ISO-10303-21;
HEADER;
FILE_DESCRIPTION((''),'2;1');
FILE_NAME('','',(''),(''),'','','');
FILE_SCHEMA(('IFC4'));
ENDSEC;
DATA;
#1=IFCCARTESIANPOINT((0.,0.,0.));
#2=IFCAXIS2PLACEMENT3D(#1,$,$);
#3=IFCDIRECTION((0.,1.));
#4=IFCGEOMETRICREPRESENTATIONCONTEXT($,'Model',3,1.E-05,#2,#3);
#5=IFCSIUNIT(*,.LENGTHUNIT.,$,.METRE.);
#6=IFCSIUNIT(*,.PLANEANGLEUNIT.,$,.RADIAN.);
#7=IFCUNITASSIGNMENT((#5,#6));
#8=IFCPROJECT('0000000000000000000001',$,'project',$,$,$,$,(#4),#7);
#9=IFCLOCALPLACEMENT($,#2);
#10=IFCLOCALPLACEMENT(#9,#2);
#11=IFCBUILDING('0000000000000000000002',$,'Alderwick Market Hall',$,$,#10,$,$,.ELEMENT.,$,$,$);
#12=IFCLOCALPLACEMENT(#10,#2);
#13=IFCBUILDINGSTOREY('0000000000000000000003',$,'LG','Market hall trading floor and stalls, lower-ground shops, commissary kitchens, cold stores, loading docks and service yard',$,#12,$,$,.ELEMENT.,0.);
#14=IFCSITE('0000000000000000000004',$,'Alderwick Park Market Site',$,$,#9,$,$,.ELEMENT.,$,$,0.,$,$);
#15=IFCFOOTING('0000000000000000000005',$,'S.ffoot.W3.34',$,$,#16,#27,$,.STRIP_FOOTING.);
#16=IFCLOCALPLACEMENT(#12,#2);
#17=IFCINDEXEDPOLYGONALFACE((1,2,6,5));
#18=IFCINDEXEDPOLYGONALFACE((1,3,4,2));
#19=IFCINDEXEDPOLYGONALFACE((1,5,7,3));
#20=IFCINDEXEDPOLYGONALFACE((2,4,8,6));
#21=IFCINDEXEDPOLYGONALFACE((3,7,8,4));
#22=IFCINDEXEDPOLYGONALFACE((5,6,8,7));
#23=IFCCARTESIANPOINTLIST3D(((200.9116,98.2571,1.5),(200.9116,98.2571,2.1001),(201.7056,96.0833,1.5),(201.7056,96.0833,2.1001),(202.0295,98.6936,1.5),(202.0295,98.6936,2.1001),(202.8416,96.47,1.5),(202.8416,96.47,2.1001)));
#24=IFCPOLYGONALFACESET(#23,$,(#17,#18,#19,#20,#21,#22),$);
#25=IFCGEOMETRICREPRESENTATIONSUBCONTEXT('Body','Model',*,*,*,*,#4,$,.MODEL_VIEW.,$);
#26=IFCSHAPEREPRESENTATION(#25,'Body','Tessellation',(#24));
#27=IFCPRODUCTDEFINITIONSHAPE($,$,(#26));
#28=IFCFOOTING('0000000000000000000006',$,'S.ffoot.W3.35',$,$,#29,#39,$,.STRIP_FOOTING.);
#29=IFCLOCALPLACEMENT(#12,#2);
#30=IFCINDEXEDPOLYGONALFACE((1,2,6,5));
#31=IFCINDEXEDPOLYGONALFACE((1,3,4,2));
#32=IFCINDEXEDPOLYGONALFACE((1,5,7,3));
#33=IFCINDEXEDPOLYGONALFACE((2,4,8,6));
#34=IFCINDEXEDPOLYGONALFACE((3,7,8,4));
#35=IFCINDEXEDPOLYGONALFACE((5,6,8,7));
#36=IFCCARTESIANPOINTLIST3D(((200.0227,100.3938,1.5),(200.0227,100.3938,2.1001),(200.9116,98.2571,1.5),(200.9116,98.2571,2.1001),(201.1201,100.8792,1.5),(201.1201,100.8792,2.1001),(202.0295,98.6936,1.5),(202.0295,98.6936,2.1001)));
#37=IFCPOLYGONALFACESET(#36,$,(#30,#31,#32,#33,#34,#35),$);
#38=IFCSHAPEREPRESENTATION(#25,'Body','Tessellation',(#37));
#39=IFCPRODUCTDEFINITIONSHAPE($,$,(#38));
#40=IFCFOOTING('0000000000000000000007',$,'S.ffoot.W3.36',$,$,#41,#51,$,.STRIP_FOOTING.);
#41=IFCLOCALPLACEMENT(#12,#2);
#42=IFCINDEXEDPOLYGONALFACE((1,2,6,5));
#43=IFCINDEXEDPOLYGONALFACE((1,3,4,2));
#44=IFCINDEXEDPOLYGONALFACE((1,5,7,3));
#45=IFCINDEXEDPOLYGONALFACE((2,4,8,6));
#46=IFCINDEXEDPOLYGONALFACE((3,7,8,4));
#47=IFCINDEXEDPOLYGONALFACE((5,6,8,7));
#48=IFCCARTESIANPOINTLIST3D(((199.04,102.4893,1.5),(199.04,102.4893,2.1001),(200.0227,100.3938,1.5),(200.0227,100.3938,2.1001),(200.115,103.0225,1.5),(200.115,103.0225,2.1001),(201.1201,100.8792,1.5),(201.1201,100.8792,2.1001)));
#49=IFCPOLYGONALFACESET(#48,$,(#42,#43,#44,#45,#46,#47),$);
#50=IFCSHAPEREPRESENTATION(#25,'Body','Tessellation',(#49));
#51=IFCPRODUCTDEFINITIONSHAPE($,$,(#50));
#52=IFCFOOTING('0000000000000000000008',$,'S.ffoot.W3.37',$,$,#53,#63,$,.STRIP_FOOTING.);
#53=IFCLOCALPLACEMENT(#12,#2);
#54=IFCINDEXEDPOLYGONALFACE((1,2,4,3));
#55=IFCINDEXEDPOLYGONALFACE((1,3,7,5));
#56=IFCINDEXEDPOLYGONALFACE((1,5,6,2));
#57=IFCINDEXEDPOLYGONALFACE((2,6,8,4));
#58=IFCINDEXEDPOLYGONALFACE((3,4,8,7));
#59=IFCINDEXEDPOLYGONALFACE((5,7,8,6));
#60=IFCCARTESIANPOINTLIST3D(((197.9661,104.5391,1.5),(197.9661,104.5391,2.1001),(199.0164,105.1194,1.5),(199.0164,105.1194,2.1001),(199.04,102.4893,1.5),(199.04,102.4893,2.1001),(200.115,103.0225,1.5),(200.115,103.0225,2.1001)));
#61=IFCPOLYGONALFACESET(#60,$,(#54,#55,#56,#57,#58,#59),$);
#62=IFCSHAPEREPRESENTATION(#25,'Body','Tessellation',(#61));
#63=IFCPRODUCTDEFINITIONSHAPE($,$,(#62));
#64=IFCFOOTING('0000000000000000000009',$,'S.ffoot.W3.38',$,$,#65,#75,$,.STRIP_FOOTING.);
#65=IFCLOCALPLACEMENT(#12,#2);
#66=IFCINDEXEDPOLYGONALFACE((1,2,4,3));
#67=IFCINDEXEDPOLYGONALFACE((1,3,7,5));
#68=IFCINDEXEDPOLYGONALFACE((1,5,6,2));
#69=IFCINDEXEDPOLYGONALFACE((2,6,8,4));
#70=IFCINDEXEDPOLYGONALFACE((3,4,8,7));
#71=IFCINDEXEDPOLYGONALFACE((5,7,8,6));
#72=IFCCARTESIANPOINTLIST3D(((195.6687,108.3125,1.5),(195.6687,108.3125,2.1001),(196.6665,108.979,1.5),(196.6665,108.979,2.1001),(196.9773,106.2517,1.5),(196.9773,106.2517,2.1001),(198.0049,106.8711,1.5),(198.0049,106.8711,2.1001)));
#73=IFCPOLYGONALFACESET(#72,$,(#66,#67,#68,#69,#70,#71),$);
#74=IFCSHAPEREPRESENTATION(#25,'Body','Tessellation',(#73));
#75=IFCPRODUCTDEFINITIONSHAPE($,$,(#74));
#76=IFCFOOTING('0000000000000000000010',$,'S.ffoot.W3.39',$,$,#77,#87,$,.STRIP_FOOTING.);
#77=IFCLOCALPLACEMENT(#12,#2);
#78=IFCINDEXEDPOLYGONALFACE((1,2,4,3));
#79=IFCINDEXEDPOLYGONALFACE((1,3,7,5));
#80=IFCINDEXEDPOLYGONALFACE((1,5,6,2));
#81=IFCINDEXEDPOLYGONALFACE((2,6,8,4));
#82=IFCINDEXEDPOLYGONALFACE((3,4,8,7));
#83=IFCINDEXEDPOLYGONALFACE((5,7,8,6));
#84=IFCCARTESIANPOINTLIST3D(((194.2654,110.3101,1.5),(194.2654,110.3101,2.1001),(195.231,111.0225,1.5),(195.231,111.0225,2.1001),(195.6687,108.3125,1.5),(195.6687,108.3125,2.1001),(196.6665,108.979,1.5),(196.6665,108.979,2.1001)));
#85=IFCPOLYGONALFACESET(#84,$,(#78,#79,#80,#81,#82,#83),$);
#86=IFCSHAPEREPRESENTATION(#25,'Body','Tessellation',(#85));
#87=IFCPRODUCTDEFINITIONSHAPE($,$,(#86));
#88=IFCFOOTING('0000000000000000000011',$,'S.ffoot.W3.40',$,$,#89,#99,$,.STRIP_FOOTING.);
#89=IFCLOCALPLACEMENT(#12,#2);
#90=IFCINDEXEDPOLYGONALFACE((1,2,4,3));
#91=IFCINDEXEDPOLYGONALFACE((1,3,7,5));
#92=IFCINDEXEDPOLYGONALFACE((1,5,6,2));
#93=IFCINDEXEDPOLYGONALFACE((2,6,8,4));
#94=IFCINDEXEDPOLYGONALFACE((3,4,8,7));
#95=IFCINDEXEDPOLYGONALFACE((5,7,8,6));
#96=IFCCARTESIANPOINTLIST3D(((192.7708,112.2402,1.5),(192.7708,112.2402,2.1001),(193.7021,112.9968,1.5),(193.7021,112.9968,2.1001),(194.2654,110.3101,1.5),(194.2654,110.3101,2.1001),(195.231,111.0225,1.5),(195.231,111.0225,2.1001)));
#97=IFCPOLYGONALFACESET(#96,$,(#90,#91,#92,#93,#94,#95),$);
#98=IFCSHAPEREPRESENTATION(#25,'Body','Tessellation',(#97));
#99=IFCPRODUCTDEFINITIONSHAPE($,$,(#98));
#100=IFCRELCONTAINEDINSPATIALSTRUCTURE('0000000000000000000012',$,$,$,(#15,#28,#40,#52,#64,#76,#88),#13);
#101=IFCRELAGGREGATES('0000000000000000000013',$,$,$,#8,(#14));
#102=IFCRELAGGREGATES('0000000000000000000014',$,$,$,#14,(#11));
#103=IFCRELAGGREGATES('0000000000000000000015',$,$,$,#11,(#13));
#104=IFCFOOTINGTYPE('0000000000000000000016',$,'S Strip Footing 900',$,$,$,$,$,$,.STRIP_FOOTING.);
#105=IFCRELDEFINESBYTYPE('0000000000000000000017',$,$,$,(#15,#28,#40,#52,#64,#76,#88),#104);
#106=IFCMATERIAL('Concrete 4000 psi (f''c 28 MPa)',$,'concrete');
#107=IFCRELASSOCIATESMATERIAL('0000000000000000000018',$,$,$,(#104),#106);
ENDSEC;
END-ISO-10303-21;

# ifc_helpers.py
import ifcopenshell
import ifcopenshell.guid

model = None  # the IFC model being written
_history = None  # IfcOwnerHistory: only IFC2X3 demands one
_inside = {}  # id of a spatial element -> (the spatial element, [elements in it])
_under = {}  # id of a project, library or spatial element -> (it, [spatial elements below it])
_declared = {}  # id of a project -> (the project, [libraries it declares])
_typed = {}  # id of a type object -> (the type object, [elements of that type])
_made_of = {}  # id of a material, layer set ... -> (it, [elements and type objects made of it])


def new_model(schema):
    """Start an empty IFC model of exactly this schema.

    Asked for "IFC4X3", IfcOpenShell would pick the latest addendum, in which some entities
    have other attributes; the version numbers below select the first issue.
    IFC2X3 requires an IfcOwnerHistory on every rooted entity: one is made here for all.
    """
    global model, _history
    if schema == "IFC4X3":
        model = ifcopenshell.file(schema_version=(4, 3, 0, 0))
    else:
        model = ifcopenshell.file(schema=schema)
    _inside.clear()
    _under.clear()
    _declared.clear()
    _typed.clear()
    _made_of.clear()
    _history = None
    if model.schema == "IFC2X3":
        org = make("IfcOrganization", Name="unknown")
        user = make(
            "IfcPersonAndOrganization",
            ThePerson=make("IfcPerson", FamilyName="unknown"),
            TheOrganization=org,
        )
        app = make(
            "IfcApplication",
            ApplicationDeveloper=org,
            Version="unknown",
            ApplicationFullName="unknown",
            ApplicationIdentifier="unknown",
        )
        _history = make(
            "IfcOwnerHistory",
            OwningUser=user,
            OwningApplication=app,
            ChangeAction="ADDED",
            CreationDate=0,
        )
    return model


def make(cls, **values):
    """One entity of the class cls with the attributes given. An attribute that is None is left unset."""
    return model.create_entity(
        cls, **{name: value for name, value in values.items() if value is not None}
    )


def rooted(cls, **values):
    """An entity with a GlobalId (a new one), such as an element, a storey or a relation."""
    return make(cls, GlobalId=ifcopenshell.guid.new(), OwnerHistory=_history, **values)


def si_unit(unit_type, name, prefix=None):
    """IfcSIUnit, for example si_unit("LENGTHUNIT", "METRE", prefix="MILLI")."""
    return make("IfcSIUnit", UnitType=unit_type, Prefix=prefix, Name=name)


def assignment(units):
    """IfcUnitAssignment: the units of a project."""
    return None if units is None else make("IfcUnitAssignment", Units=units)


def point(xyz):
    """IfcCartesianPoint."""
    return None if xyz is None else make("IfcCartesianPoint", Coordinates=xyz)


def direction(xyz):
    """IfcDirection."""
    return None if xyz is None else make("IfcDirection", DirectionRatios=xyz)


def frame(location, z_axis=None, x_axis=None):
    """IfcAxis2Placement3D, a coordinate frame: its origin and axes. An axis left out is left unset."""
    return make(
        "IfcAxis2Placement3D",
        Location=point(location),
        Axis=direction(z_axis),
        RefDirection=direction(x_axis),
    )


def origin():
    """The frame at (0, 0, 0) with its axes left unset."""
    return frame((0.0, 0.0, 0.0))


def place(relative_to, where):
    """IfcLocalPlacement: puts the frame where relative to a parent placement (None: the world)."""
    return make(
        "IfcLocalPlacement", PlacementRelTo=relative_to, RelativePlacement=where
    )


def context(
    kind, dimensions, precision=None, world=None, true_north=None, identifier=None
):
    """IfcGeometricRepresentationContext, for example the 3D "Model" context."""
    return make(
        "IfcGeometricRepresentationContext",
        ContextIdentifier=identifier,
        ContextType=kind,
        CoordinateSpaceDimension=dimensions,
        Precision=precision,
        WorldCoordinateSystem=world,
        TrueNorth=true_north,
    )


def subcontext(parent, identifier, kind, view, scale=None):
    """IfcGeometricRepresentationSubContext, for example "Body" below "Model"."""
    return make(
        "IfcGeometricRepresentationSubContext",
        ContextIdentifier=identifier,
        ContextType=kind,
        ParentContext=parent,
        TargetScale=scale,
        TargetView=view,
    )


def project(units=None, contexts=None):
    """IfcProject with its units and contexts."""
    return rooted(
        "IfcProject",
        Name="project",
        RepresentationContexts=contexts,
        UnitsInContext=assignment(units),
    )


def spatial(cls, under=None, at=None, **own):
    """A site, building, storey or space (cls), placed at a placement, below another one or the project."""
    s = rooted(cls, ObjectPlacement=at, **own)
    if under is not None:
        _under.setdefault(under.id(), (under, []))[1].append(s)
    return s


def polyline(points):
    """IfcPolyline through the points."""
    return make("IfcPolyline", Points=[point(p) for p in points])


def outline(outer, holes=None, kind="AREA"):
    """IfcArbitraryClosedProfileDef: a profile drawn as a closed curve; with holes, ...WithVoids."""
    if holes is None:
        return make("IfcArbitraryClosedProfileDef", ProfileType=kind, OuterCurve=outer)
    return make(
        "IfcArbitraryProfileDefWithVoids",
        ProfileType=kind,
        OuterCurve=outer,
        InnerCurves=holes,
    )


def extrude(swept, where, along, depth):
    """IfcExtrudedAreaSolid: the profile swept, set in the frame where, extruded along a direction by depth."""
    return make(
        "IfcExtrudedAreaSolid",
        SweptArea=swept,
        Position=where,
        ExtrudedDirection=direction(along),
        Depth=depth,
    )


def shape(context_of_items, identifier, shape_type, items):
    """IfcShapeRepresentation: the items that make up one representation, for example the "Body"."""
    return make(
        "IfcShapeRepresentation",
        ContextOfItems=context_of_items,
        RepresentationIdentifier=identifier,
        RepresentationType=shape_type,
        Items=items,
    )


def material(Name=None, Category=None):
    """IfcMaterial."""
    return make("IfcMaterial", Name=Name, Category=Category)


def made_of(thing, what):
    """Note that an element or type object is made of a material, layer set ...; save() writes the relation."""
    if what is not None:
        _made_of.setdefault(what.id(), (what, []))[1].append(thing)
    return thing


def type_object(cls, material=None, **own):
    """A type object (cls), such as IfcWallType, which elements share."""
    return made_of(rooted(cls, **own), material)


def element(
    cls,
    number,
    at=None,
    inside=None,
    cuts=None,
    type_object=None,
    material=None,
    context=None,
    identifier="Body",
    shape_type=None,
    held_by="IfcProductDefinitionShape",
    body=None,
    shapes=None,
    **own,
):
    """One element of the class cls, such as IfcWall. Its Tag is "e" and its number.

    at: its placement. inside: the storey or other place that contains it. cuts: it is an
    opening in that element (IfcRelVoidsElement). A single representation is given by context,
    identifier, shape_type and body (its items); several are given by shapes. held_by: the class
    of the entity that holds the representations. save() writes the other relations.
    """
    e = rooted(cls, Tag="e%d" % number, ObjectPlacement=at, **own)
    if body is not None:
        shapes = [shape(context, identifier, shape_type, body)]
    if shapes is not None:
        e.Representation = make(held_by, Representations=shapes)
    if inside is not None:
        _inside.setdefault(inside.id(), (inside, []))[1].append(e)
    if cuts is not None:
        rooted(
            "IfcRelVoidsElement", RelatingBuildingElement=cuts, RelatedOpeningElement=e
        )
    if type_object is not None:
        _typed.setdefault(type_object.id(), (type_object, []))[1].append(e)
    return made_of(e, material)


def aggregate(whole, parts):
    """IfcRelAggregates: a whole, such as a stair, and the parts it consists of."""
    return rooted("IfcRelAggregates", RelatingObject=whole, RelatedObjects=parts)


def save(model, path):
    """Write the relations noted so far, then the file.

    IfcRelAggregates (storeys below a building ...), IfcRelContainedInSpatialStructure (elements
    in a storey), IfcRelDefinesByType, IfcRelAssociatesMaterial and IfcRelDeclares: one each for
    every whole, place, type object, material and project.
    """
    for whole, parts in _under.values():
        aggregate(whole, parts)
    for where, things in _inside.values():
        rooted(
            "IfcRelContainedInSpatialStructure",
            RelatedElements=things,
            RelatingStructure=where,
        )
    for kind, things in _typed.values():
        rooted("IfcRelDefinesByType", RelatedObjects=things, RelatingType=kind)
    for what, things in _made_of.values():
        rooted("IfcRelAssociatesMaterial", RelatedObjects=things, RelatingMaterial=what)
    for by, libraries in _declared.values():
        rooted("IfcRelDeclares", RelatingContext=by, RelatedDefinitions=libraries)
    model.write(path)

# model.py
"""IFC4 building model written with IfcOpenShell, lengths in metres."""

from ifc_helpers import new_model, si_unit, direction, frame, origin, place, context, subcontext, project, spatial, polyline, outline, extrude, material, type_object, element, save


model = new_model("IFC4")

# Units and contexts
model_context = context("Model", 3, precision=1e-05, world=origin(), true_north=direction((0.0, 1.0)))
body_context = subcontext(model_context, "Body", "Model", "MODEL_VIEW")
ifc_project = project(units=[si_unit("LENGTHUNIT", "METRE"), si_unit("PLANEANGLEUNIT", "RADIAN")], contexts=[model_context])

# Site, building, storey
site_placement = place(None, origin())
site = spatial("IfcSite", under=ifc_project, at=site_placement, Name="Alderwick Park Market Site", CompositionType="ELEMENT", RefElevation=0.0)
building_placement = place(site_placement, origin())
building = spatial("IfcBuilding", under=site, at=building_placement, Name="Alderwick Market Hall", CompositionType="ELEMENT")
storey_placement = place(building_placement, origin())
storey = spatial("IfcBuildingStorey", under=building, at=storey_placement, Name="LG", Description="Market hall trading floor and stalls, lower-ground shops, commissary kitchens, cold stores, loading docks and service yard", CompositionType="ELEMENT", Elevation=0.0)

# Footings
ifc_material = material(Name="Concrete 4000 psi (f'c 28 MPa)", Category="concrete")
footing_type = type_object("IfcFootingType", Name="S Strip Footing 900", PredefinedType="STRIP_FOOTING", material=ifc_material)
footing_1_placement = place(storey_placement, frame((0.0, 0.0, 1.5)))
element("IfcFooting", 1, at=footing_1_placement, inside=storey, type_object=footing_type, Name="S.ffoot.W3.34", PredefinedType="STRIP_FOOTING", context=body_context, shape_type="SweptSolid", body=[
    extrude(outline(polyline([(202.8416, 96.47), (202.0295, 98.6936), (200.9116, 98.2571), (201.7056, 96.0833), (202.8416, 96.47)])), origin(), (0.0, 0.0, 1.0), 0.6001),
])
footing_2_placement = place(storey_placement, frame((0.0, 0.0, 1.5)))
element("IfcFooting", 2, at=footing_2_placement, inside=storey, type_object=footing_type, Name="S.ffoot.W3.35", PredefinedType="STRIP_FOOTING", context=body_context, shape_type="SweptSolid", body=[
    extrude(outline(polyline([(202.0295, 98.6936), (201.1201, 100.8792), (200.0227, 100.3938), (200.9116, 98.2571), (202.0295, 98.6936)])), origin(), (0.0, 0.0, 1.0), 0.6001),
])
footing_3_placement = place(storey_placement, frame((0.0, 0.0, 1.5)))
element("IfcFooting", 3, at=footing_3_placement, inside=storey, type_object=footing_type, Name="S.ffoot.W3.36", PredefinedType="STRIP_FOOTING", context=body_context, shape_type="SweptSolid", body=[
    extrude(outline(polyline([(201.1201, 100.8792), (200.115, 103.0225), (199.04, 102.4893), (200.0227, 100.3938), (201.1201, 100.8792)])), origin(), (0.0, 0.0, 1.0), 0.6001),
])
footing_4_placement = place(storey_placement, frame((0.0, 0.0, 1.5)))
element("IfcFooting", 4, at=footing_4_placement, inside=storey, type_object=footing_type, Name="S.ffoot.W3.37", PredefinedType="STRIP_FOOTING", context=body_context, shape_type="SweptSolid", body=[
    extrude(outline(polyline([(200.115, 103.0225), (199.0164, 105.1194), (197.9661, 104.5391), (199.04, 102.4893), (200.115, 103.0225)])), origin(), (0.0, 0.0, 1.0), 0.6001),
])
footing_5_placement = place(storey_placement, frame((0.0, 0.0, 1.5)))
element("IfcFooting", 5, at=footing_5_placement, inside=storey, type_object=footing_type, Name="S.ffoot.W3.38", PredefinedType="STRIP_FOOTING", context=body_context, shape_type="SweptSolid", body=[
    extrude(outline(polyline([(198.0049, 106.8711), (196.6665, 108.979), (195.6687, 108.3125), (196.9773, 106.2517), (198.0049, 106.8711)])), origin(), (0.0, 0.0, 1.0), 0.6001),
])
footing_6_placement = place(storey_placement, frame((0.0, 0.0, 1.5)))
element("IfcFooting", 6, at=footing_6_placement, inside=storey, type_object=footing_type, Name="S.ffoot.W3.39", PredefinedType="STRIP_FOOTING", context=body_context, shape_type="SweptSolid", body=[
    extrude(outline(polyline([(196.6665, 108.979), (195.231, 111.0225), (194.2654, 110.3101), (195.6687, 108.3125), (196.6665, 108.979)])), origin(), (0.0, 0.0, 1.0), 0.6001),
])
footing_7_placement = place(storey_placement, frame((0.0, 0.0, 1.5)))
element("IfcFooting", 7, at=footing_7_placement, inside=storey, type_object=footing_type, Name="S.ffoot.W3.40", PredefinedType="STRIP_FOOTING", context=body_context, shape_type="SweptSolid", body=[
    extrude(outline(polyline([(195.231, 111.0225), (193.7021, 112.9968), (192.7708, 112.2402), (194.2654, 110.3101), (195.231, 111.0225)])), origin(), (0.0, 0.0, 1.0), 0.6001),
])

save(model, "model.ifc")
